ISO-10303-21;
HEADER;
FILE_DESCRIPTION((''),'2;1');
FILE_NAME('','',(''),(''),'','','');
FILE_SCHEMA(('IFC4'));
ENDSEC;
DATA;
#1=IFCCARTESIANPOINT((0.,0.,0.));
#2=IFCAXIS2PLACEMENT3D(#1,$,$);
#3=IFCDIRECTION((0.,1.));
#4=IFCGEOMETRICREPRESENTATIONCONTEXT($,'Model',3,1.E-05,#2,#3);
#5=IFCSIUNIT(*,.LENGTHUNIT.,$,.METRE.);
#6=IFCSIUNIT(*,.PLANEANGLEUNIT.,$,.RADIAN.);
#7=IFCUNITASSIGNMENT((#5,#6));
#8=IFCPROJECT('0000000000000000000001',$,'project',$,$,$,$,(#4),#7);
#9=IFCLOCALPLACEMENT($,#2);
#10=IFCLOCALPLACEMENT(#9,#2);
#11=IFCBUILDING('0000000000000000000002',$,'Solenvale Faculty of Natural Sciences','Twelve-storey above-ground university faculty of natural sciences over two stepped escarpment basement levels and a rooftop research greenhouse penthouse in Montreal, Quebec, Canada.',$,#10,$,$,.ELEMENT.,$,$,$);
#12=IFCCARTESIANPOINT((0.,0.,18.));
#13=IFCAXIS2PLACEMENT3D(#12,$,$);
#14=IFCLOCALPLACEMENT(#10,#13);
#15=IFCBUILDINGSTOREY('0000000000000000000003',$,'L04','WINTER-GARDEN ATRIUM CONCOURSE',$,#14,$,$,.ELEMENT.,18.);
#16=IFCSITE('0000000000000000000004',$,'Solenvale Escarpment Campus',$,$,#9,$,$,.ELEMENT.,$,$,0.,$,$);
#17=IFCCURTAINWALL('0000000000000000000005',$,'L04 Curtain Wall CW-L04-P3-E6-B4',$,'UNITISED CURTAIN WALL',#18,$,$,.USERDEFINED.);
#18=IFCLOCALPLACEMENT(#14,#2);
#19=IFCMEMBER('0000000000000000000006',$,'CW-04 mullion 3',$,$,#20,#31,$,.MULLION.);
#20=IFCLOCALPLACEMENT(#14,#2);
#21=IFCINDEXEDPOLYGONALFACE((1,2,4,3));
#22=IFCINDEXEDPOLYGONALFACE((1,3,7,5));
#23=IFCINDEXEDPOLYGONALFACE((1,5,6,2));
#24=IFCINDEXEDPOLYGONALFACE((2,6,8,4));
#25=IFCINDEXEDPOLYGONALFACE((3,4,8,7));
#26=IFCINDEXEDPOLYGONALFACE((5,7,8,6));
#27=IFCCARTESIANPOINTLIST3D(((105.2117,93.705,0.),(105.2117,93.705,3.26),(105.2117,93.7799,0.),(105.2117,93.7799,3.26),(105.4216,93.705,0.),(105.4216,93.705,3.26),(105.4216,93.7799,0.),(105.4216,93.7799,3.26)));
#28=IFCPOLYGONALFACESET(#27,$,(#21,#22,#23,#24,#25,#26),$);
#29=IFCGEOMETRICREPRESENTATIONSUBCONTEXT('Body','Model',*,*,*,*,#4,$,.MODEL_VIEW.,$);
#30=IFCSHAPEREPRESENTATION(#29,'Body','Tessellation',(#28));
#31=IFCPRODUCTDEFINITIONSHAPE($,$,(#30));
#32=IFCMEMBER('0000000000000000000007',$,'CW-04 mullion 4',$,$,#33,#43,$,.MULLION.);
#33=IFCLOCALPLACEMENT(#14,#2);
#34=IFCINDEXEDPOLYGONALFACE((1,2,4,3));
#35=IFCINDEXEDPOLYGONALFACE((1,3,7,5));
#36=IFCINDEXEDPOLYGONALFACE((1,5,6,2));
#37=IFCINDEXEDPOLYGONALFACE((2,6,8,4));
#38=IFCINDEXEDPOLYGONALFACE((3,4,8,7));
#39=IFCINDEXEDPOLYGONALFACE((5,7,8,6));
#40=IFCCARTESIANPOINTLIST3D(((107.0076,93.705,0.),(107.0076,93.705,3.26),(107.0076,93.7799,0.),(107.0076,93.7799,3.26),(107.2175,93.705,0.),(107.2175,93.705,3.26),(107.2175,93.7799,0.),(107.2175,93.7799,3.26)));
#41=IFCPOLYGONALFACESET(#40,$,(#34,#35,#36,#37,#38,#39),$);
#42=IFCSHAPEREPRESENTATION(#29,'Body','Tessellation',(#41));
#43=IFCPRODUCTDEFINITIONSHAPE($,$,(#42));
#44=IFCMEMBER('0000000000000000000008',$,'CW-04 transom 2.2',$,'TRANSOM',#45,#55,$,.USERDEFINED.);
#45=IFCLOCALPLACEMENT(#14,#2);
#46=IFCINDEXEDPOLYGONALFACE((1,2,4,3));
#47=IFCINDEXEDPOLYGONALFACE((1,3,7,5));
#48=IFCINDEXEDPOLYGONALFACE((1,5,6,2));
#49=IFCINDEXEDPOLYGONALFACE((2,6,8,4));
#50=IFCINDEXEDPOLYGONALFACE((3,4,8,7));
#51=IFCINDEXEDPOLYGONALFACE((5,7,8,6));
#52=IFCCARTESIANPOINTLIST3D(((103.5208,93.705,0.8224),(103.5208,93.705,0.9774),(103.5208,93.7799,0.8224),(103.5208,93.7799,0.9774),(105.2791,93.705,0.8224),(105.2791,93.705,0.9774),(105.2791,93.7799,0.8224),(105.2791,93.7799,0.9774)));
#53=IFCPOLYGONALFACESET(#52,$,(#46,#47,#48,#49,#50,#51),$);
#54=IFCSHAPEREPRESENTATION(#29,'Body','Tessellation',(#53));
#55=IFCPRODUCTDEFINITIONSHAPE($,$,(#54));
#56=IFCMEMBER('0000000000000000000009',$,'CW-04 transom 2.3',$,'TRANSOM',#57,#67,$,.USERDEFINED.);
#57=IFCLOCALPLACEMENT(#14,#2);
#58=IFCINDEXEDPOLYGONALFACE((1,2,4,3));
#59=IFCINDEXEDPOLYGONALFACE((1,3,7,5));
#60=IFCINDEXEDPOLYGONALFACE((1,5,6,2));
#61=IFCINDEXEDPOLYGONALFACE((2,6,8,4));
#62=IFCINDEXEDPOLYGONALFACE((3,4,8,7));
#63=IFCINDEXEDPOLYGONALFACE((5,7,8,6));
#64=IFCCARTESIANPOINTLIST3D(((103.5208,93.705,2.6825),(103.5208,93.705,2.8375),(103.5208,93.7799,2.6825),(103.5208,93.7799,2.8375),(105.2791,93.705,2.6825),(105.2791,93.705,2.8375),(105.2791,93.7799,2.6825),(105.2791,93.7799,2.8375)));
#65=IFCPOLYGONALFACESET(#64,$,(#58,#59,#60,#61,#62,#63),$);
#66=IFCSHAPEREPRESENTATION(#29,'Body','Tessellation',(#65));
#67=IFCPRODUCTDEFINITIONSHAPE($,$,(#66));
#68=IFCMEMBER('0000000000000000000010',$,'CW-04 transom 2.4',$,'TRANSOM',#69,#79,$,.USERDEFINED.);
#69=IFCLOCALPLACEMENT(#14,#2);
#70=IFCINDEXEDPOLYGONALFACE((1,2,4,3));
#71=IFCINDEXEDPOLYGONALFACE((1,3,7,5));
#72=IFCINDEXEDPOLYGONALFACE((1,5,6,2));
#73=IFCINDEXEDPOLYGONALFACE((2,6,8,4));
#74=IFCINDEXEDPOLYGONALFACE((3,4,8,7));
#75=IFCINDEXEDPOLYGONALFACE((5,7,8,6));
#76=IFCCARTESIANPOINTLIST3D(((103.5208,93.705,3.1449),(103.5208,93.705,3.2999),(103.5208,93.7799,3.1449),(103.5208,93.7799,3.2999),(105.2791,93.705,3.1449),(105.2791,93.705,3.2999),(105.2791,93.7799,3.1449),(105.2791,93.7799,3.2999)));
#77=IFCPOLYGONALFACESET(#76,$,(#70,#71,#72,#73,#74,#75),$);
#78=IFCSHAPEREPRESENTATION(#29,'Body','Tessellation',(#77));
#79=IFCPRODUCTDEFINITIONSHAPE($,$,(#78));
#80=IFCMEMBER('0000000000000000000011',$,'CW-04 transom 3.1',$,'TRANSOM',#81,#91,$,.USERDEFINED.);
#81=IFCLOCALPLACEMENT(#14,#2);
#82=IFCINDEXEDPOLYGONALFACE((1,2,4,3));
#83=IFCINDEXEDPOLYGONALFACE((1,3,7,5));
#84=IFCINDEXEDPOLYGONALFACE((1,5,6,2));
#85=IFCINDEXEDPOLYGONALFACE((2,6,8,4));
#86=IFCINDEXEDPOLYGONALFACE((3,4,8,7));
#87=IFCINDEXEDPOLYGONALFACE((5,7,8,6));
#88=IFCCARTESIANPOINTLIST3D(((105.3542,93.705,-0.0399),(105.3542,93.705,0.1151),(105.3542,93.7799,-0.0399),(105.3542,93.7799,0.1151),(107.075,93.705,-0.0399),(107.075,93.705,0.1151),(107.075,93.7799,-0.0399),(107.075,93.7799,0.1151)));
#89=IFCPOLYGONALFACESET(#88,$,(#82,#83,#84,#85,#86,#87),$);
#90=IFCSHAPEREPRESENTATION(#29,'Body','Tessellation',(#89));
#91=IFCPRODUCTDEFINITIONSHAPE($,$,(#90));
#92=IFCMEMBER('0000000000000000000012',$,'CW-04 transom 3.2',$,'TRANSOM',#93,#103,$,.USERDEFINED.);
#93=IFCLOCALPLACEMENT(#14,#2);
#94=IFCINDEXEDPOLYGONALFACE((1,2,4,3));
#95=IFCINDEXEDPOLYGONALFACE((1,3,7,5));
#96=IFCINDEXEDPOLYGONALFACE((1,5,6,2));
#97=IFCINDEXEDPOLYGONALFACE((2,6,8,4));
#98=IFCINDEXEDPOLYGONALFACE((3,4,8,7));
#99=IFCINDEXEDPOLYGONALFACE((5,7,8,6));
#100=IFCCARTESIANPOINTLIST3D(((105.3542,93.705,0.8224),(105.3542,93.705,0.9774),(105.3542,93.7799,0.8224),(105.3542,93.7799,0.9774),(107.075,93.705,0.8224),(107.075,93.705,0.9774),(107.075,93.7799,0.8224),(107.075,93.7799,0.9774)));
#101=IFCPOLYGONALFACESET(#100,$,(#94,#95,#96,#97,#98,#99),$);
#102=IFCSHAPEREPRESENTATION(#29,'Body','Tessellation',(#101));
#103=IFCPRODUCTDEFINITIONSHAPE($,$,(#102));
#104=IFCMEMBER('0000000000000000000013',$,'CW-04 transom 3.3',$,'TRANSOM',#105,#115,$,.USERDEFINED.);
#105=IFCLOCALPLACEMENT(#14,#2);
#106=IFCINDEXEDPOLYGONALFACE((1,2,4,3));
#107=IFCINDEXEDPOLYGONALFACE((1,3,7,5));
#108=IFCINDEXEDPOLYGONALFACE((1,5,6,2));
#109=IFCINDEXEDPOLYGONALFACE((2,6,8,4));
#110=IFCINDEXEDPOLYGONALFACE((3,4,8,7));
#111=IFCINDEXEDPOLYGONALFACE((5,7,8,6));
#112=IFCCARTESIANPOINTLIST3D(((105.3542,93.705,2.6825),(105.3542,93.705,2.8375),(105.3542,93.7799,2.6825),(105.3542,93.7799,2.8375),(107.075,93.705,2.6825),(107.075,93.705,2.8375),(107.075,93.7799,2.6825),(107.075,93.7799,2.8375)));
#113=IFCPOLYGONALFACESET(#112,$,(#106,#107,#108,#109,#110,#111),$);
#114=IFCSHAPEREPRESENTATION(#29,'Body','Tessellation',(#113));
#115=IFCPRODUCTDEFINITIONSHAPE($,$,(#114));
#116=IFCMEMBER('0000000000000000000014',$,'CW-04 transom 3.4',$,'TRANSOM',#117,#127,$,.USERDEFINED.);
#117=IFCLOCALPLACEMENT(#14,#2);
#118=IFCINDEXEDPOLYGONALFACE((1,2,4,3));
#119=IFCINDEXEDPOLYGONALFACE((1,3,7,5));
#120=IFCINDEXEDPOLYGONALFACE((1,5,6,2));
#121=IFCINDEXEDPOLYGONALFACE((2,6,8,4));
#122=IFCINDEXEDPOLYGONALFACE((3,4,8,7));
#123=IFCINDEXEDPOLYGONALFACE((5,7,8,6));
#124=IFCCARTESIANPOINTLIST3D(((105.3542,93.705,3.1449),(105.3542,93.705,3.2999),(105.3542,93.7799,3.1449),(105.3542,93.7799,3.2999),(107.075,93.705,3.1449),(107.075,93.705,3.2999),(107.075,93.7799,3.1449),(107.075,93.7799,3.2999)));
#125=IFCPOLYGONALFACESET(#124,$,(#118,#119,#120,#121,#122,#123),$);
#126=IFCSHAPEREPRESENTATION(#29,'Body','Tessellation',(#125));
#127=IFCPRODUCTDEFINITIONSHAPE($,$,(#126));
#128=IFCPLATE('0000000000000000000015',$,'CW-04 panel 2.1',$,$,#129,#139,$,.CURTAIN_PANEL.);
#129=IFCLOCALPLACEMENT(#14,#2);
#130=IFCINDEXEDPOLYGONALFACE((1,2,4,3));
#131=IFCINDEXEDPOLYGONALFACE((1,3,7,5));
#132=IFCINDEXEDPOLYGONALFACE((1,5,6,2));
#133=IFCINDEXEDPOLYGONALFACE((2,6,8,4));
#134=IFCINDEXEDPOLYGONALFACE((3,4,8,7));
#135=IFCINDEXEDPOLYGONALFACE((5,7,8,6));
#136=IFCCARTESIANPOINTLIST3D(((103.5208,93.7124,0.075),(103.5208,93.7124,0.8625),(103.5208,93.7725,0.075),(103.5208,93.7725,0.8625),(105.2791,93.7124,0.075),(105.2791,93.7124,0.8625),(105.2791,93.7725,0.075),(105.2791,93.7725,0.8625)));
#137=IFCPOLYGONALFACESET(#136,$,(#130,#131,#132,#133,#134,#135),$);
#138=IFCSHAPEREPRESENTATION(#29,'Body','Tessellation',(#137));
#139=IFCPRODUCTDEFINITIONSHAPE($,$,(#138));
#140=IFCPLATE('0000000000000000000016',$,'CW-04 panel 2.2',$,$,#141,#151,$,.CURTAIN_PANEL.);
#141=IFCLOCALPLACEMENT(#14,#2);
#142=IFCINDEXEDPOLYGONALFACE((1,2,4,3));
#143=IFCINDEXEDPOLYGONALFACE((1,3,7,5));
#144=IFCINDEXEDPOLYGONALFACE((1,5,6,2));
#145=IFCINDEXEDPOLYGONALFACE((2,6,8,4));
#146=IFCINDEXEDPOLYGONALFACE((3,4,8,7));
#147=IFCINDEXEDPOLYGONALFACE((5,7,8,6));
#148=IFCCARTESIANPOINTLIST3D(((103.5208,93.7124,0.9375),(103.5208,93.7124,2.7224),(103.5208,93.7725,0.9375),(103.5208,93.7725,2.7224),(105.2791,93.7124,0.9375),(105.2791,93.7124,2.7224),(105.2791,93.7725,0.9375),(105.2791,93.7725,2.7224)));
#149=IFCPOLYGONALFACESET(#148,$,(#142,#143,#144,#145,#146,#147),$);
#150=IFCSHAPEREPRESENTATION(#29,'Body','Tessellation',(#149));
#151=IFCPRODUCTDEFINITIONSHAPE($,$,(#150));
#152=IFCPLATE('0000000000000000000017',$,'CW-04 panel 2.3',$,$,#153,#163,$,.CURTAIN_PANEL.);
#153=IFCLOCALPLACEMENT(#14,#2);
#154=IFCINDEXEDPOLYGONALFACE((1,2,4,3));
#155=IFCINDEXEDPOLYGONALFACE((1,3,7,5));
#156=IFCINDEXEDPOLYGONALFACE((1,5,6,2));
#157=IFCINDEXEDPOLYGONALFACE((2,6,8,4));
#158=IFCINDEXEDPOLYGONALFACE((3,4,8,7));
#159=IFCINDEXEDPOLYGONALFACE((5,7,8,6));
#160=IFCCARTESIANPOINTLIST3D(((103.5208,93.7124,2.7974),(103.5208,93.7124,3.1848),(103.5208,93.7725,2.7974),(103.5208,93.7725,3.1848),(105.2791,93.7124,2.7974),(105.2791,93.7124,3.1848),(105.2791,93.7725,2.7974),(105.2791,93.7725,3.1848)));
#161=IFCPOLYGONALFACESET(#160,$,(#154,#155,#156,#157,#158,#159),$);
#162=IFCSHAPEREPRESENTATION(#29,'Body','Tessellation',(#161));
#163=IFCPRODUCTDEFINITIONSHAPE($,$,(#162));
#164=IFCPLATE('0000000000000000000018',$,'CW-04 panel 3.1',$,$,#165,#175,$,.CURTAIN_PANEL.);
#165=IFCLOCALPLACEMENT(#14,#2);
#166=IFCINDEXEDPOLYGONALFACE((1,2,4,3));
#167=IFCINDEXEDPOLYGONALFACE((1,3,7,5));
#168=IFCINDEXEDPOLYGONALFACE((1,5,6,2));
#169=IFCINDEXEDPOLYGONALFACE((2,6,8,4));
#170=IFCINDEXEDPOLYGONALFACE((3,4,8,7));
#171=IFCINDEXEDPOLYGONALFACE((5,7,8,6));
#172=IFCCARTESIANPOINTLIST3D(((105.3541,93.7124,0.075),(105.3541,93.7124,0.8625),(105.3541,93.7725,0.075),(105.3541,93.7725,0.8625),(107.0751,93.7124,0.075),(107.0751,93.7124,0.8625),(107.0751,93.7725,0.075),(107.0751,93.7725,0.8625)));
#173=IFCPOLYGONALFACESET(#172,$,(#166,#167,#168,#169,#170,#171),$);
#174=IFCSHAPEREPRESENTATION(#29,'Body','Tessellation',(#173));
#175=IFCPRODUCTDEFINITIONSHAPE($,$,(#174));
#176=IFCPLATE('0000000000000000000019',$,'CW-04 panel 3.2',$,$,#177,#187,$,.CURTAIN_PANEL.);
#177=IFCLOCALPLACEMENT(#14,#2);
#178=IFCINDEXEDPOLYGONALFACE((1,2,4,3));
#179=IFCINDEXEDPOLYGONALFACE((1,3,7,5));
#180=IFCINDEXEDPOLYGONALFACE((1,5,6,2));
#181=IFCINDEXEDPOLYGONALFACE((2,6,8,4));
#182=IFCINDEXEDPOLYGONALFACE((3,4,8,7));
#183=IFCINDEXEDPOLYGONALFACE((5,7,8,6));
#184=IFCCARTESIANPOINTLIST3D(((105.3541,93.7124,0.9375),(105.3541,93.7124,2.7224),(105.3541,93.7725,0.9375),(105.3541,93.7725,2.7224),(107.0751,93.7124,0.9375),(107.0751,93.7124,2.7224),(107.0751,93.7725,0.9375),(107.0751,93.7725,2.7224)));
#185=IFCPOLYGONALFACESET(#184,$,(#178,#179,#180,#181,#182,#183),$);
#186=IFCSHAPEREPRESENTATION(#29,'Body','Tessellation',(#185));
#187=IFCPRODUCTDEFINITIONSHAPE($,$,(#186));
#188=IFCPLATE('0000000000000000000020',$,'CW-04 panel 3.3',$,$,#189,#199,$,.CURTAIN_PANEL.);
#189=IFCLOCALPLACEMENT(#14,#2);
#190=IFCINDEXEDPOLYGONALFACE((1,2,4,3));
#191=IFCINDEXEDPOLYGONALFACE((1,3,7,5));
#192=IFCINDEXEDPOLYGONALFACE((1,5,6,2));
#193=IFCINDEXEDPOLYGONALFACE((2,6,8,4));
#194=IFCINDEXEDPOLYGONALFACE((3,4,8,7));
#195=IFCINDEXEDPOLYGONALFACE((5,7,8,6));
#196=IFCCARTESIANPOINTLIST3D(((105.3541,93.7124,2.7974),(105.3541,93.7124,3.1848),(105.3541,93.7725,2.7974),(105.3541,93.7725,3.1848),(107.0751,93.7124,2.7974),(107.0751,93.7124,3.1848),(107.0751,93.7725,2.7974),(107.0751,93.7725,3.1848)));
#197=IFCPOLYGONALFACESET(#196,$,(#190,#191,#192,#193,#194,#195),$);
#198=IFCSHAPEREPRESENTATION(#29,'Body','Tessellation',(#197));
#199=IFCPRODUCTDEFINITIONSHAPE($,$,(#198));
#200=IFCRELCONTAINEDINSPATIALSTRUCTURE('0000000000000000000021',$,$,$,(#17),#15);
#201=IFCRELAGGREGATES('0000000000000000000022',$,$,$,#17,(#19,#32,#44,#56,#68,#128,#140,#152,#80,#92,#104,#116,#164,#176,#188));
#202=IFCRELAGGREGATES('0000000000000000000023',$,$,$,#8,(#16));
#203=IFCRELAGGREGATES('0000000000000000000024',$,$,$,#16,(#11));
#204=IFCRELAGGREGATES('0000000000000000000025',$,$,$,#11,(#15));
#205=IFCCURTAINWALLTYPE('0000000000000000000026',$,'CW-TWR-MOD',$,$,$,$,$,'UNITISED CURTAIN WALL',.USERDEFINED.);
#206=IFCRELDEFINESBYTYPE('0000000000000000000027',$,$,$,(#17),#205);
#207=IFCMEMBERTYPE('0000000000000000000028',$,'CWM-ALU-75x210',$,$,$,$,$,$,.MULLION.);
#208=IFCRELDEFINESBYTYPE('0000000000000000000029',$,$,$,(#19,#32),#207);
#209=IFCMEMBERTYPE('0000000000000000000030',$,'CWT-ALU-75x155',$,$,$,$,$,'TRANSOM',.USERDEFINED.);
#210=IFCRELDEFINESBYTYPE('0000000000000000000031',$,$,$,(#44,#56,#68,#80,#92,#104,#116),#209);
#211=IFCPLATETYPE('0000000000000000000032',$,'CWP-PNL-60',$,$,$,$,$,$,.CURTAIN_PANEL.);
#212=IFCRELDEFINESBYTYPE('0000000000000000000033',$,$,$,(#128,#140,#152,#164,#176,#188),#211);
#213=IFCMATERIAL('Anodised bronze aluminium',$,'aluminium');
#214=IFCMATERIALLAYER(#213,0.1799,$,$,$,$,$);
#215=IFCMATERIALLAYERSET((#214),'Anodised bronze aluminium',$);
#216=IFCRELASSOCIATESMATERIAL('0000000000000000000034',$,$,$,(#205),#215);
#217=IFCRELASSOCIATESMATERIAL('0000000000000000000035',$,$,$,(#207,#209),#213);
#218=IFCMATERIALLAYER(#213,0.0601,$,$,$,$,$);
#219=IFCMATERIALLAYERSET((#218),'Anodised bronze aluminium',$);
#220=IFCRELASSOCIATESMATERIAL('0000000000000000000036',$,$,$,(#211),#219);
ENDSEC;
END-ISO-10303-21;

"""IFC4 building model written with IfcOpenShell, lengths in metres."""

from ifc_helpers import new_model, si_unit, direction, frame, origin, origin_2d, place, context, subcontext, project, spatial, rectangle, extrude, material, layer, layer_set, material_profile, profile_set, type_object, element, aggregate, save


model = new_model("IFC4")

# Units and contexts
model_context = context("Model", 3, precision=1e-05, world=origin(), true_north=direction((0.0, 1.0)))
body_context = subcontext(model_context, "Body", "Model", "MODEL_VIEW")
ifc_project = project(units=[si_unit("LENGTHUNIT", "METRE"), si_unit("PLANEANGLEUNIT", "RADIAN")], contexts=[model_context])

# Site, building, storey
site_placement = place(None, origin())
site = spatial("IfcSite", under=ifc_project, at=site_placement, Name="Solenvale Escarpment Campus", CompositionType="ELEMENT", RefElevation=0.0)
building_placement = place(site_placement, origin())
building = spatial("IfcBuilding", under=site, at=building_placement, Name="Solenvale Faculty of Natural Sciences", Description="Twelve-storey above-ground university faculty of natural sciences over two stepped escarpment basement levels and a rooftop research greenhouse penthouse in Montreal, Quebec, Canada.", CompositionType="ELEMENT")
storey_placement = place(building_placement, frame((0.0, 0.0, 18.0)))
storey = spatial("IfcBuildingStorey", under=building, at=storey_placement, Name="L04", Description="WINTER-GARDEN ATRIUM CONCOURSE", CompositionType="ELEMENT", Elevation=18.0)

# Curtain wall, members, plates
ifc_material_1 = material(Name="Anodised bronze aluminium", Category="aluminium")
ifc_layer_1 = layer(ifc_material_1, 0.1799)
ifc_layer_set_1 = layer_set([ifc_layer_1], Name="Anodised bronze aluminium")
curtain_wall_type = type_object("IfcCurtainWallType", Name="CW-TWR-MOD", ElementType="UNITISED CURTAIN WALL", PredefinedType="USERDEFINED", material=ifc_layer_set_1)
curtain_wall_placement = place(storey_placement, origin())
curtain_wall = element("IfcCurtainWall", 1, at=curtain_wall_placement, inside=storey, type_object=curtain_wall_type, Name="L04 Curtain Wall CW-L04-P3-E6-B4", ObjectType="UNITISED CURTAIN WALL", PredefinedType="USERDEFINED")
ifc_material_profile_1 = material_profile(ifc_material_1, rectangle(XDim=0.075, YDim=0.21, at=origin_2d()), Name="ALU-MUL-75x210")
ifc_profile_set_1 = profile_set([ifc_material_profile_1], Name="Anodised bronze aluminium")
member_type_1 = type_object("IfcMemberType", Name="CWM-ALU-75x210", PredefinedType="MULLION", material=ifc_profile_set_1)
member_1_placement = place(storey_placement, frame((105.3167, 93.7424, 0.0), z_axis=(0.0, 0.0, 1.0), x_axis=(0.0, 1.0, 0.0)))
member_1 = element("IfcMember", 2, at=member_1_placement, type_object=member_type_1, Name="CW-04 mullion 3", PredefinedType="MULLION", context=body_context, shape_type="SweptSolid", body=[
    extrude(rectangle(XDim=0.075, YDim=0.21, at=origin_2d()), origin(), (0.0, 0.0, 1.0), 3.26),
])
member_2_placement = place(storey_placement, frame((107.1125, 93.7424, 0.0), z_axis=(0.0, 0.0, 1.0), x_axis=(0.0, 1.0, 0.0)))
member_2 = element("IfcMember", 3, at=member_2_placement, type_object=member_type_1, Name="CW-04 mullion 4", PredefinedType="MULLION", context=body_context, shape_type="SweptSolid", body=[
    extrude(rectangle(XDim=0.075, YDim=0.21, at=origin_2d()), origin(), (0.0, 0.0, 1.0), 3.26),
])
ifc_material_profile_2 = material_profile(ifc_material_1, rectangle(XDim=0.075, YDim=0.155, at=origin_2d()), Name="ALU-TRN-75x155")
ifc_profile_set_2 = profile_set([ifc_material_profile_2], Name="Anodised bronze aluminium")
member_type_2 = type_object("IfcMemberType", Name="CWT-ALU-75x155", ElementType="TRANSOM", PredefinedType="USERDEFINED", material=ifc_profile_set_2)
member_3_placement = place(storey_placement, frame((103.5208, 93.7424, 0.8999), z_axis=(1.0, 0.0, 0.0), x_axis=(0.0, 1.0, 0.0)))
member_3 = element("IfcMember", 4, at=member_3_placement, type_object=member_type_2, Name="CW-04 transom 2.2", ObjectType="TRANSOM", PredefinedType="USERDEFINED", context=body_context, shape_type="SweptSolid", body=[
    extrude(rectangle(XDim=0.075, YDim=0.155, at=origin_2d()), origin(), (0.0, 0.0, 1.0), 1.7583),
])
member_4_placement = place(storey_placement, frame((103.5208, 93.7424, 2.76), z_axis=(1.0, 0.0, 0.0), x_axis=(0.0, 1.0, 0.0)))
member_4 = element("IfcMember", 5, at=member_4_placement, type_object=member_type_2, Name="CW-04 transom 2.3", ObjectType="TRANSOM", PredefinedType="USERDEFINED", context=body_context, shape_type="SweptSolid", body=[
    extrude(rectangle(XDim=0.075, YDim=0.155, at=origin_2d()), origin(), (0.0, 0.0, 1.0), 1.7583),
])
member_5_placement = place(storey_placement, frame((103.5208, 93.7424, 3.2224), z_axis=(1.0, 0.0, 0.0), x_axis=(0.0, 1.0, 0.0)))
member_5 = element("IfcMember", 6, at=member_5_placement, type_object=member_type_2, Name="CW-04 transom 2.4", ObjectType="TRANSOM", PredefinedType="USERDEFINED", context=body_context, shape_type="SweptSolid", body=[
    extrude(rectangle(XDim=0.075, YDim=0.155, at=origin_2d()), origin(), (0.0, 0.0, 1.0), 1.7583),
])
member_6_placement = place(storey_placement, frame((105.3542, 93.7424, 0.0376), z_axis=(1.0, 0.0, 0.0), x_axis=(0.0, 1.0, 0.0)))
member_6 = element("IfcMember", 7, at=member_6_placement, type_object=member_type_2, Name="CW-04 transom 3.1", ObjectType="TRANSOM", PredefinedType="USERDEFINED", context=body_context, shape_type="SweptSolid", body=[
    extrude(rectangle(XDim=0.075, YDim=0.155, at=origin_2d()), origin(), (0.0, 0.0, 1.0), 1.7207),
])
member_7_placement = place(storey_placement, frame((105.3542, 93.7424, 0.8999), z_axis=(1.0, 0.0, 0.0), x_axis=(0.0, 1.0, 0.0)))
member_7 = element("IfcMember", 8, at=member_7_placement, type_object=member_type_2, Name="CW-04 transom 3.2", ObjectType="TRANSOM", PredefinedType="USERDEFINED", context=body_context, shape_type="SweptSolid", body=[
    extrude(rectangle(XDim=0.075, YDim=0.155, at=origin_2d()), origin(), (0.0, 0.0, 1.0), 1.7207),
])
member_8_placement = place(storey_placement, frame((105.3542, 93.7424, 2.76), z_axis=(1.0, 0.0, 0.0), x_axis=(0.0, 1.0, 0.0)))
member_8 = element("IfcMember", 9, at=member_8_placement, type_object=member_type_2, Name="CW-04 transom 3.3", ObjectType="TRANSOM", PredefinedType="USERDEFINED", context=body_context, shape_type="SweptSolid", body=[
    extrude(rectangle(XDim=0.075, YDim=0.155, at=origin_2d()), origin(), (0.0, 0.0, 1.0), 1.7207),
])
member_9_placement = place(storey_placement, frame((105.3542, 93.7424, 3.2224), z_axis=(1.0, 0.0, 0.0), x_axis=(0.0, 1.0, 0.0)))
member_9 = element("IfcMember", 10, at=member_9_placement, type_object=member_type_2, Name="CW-04 transom 3.4", ObjectType="TRANSOM", PredefinedType="USERDEFINED", context=body_context, shape_type="SweptSolid", body=[
    extrude(rectangle(XDim=0.075, YDim=0.155, at=origin_2d()), origin(), (0.0, 0.0, 1.0), 1.7207),
])
ifc_layer_2 = layer(ifc_material_1, 0.0601)
ifc_layer_set_2 = layer_set([ifc_layer_2], Name="Anodised bronze aluminium")
plate_type = type_object("IfcPlateType", Name="CWP-PNL-60", PredefinedType="CURTAIN_PANEL", material=ifc_layer_set_2)
plate_1_placement = place(storey_placement, frame((104.3999, 93.7424, 0.075), z_axis=(0.0, 0.0, 1.0), x_axis=(1.0, 0.0, 0.0)))
plate_1 = element("IfcPlate", 11, at=plate_1_placement, type_object=plate_type, Name="CW-04 panel 2.1", PredefinedType="CURTAIN_PANEL", context=body_context, shape_type="SweptSolid", body=[
    extrude(rectangle(XDim=1.7583, YDim=0.0601, at=origin_2d()), origin(), (0.0, 0.0, 1.0), 0.7876),
])
plate_2_placement = place(storey_placement, frame((104.3999, 93.7424, 0.9375), z_axis=(0.0, 0.0, 1.0), x_axis=(1.0, 0.0, 0.0)))
plate_2 = element("IfcPlate", 12, at=plate_2_placement, type_object=plate_type, Name="CW-04 panel 2.2", PredefinedType="CURTAIN_PANEL", context=body_context, shape_type="SweptSolid", body=[
    extrude(rectangle(XDim=1.7583, YDim=0.0601, at=origin_2d()), origin(), (0.0, 0.0, 1.0), 1.7849),
])
plate_3_placement = place(storey_placement, frame((104.3999, 93.7424, 2.7974), z_axis=(0.0, 0.0, 1.0), x_axis=(1.0, 0.0, 0.0)))
plate_3 = element("IfcPlate", 13, at=plate_3_placement, type_object=plate_type, Name="CW-04 panel 2.3", PredefinedType="CURTAIN_PANEL", context=body_context, shape_type="SweptSolid", body=[
    extrude(rectangle(XDim=1.7583, YDim=0.0601, at=origin_2d()), origin(), (0.0, 0.0, 1.0), 0.3875),
])
plate_4_placement = place(storey_placement, frame((106.2146, 93.7424, 0.075), z_axis=(0.0, 0.0, 1.0), x_axis=(1.0, 0.0, 0.0)))
plate_4 = element("IfcPlate", 14, at=plate_4_placement, type_object=plate_type, Name="CW-04 panel 3.1", PredefinedType="CURTAIN_PANEL", context=body_context, shape_type="SweptSolid", body=[
    extrude(rectangle(XDim=1.7209, YDim=0.0601, at=origin_2d()), origin(), (0.0, 0.0, 1.0), 0.7876),
])
plate_5_placement = place(storey_placement, frame((106.2146, 93.7424, 0.9375), z_axis=(0.0, 0.0, 1.0), x_axis=(1.0, 0.0, 0.0)))
plate_5 = element("IfcPlate", 15, at=plate_5_placement, type_object=plate_type, Name="CW-04 panel 3.2", PredefinedType="CURTAIN_PANEL", context=body_context, shape_type="SweptSolid", body=[
    extrude(rectangle(XDim=1.7209, YDim=0.0601, at=origin_2d()), origin(), (0.0, 0.0, 1.0), 1.7849),
])
plate_6_placement = place(storey_placement, frame((106.2146, 93.7424, 2.7974), z_axis=(0.0, 0.0, 1.0), x_axis=(1.0, 0.0, 0.0)))
plate_6 = element("IfcPlate", 16, at=plate_6_placement, type_object=plate_type, Name="CW-04 panel 3.3", PredefinedType="CURTAIN_PANEL", context=body_context, shape_type="SweptSolid", body=[
    extrude(rectangle(XDim=1.7209, YDim=0.0601, at=origin_2d()), origin(), (0.0, 0.0, 1.0), 0.3875),
])
aggregate(curtain_wall, [member_1, member_2, member_3, member_4, member_5, plate_1, plate_2, plate_3, member_6, member_7, member_8, member_9, plate_4, plate_5, plate_6])

save(model, "model.ifc")
